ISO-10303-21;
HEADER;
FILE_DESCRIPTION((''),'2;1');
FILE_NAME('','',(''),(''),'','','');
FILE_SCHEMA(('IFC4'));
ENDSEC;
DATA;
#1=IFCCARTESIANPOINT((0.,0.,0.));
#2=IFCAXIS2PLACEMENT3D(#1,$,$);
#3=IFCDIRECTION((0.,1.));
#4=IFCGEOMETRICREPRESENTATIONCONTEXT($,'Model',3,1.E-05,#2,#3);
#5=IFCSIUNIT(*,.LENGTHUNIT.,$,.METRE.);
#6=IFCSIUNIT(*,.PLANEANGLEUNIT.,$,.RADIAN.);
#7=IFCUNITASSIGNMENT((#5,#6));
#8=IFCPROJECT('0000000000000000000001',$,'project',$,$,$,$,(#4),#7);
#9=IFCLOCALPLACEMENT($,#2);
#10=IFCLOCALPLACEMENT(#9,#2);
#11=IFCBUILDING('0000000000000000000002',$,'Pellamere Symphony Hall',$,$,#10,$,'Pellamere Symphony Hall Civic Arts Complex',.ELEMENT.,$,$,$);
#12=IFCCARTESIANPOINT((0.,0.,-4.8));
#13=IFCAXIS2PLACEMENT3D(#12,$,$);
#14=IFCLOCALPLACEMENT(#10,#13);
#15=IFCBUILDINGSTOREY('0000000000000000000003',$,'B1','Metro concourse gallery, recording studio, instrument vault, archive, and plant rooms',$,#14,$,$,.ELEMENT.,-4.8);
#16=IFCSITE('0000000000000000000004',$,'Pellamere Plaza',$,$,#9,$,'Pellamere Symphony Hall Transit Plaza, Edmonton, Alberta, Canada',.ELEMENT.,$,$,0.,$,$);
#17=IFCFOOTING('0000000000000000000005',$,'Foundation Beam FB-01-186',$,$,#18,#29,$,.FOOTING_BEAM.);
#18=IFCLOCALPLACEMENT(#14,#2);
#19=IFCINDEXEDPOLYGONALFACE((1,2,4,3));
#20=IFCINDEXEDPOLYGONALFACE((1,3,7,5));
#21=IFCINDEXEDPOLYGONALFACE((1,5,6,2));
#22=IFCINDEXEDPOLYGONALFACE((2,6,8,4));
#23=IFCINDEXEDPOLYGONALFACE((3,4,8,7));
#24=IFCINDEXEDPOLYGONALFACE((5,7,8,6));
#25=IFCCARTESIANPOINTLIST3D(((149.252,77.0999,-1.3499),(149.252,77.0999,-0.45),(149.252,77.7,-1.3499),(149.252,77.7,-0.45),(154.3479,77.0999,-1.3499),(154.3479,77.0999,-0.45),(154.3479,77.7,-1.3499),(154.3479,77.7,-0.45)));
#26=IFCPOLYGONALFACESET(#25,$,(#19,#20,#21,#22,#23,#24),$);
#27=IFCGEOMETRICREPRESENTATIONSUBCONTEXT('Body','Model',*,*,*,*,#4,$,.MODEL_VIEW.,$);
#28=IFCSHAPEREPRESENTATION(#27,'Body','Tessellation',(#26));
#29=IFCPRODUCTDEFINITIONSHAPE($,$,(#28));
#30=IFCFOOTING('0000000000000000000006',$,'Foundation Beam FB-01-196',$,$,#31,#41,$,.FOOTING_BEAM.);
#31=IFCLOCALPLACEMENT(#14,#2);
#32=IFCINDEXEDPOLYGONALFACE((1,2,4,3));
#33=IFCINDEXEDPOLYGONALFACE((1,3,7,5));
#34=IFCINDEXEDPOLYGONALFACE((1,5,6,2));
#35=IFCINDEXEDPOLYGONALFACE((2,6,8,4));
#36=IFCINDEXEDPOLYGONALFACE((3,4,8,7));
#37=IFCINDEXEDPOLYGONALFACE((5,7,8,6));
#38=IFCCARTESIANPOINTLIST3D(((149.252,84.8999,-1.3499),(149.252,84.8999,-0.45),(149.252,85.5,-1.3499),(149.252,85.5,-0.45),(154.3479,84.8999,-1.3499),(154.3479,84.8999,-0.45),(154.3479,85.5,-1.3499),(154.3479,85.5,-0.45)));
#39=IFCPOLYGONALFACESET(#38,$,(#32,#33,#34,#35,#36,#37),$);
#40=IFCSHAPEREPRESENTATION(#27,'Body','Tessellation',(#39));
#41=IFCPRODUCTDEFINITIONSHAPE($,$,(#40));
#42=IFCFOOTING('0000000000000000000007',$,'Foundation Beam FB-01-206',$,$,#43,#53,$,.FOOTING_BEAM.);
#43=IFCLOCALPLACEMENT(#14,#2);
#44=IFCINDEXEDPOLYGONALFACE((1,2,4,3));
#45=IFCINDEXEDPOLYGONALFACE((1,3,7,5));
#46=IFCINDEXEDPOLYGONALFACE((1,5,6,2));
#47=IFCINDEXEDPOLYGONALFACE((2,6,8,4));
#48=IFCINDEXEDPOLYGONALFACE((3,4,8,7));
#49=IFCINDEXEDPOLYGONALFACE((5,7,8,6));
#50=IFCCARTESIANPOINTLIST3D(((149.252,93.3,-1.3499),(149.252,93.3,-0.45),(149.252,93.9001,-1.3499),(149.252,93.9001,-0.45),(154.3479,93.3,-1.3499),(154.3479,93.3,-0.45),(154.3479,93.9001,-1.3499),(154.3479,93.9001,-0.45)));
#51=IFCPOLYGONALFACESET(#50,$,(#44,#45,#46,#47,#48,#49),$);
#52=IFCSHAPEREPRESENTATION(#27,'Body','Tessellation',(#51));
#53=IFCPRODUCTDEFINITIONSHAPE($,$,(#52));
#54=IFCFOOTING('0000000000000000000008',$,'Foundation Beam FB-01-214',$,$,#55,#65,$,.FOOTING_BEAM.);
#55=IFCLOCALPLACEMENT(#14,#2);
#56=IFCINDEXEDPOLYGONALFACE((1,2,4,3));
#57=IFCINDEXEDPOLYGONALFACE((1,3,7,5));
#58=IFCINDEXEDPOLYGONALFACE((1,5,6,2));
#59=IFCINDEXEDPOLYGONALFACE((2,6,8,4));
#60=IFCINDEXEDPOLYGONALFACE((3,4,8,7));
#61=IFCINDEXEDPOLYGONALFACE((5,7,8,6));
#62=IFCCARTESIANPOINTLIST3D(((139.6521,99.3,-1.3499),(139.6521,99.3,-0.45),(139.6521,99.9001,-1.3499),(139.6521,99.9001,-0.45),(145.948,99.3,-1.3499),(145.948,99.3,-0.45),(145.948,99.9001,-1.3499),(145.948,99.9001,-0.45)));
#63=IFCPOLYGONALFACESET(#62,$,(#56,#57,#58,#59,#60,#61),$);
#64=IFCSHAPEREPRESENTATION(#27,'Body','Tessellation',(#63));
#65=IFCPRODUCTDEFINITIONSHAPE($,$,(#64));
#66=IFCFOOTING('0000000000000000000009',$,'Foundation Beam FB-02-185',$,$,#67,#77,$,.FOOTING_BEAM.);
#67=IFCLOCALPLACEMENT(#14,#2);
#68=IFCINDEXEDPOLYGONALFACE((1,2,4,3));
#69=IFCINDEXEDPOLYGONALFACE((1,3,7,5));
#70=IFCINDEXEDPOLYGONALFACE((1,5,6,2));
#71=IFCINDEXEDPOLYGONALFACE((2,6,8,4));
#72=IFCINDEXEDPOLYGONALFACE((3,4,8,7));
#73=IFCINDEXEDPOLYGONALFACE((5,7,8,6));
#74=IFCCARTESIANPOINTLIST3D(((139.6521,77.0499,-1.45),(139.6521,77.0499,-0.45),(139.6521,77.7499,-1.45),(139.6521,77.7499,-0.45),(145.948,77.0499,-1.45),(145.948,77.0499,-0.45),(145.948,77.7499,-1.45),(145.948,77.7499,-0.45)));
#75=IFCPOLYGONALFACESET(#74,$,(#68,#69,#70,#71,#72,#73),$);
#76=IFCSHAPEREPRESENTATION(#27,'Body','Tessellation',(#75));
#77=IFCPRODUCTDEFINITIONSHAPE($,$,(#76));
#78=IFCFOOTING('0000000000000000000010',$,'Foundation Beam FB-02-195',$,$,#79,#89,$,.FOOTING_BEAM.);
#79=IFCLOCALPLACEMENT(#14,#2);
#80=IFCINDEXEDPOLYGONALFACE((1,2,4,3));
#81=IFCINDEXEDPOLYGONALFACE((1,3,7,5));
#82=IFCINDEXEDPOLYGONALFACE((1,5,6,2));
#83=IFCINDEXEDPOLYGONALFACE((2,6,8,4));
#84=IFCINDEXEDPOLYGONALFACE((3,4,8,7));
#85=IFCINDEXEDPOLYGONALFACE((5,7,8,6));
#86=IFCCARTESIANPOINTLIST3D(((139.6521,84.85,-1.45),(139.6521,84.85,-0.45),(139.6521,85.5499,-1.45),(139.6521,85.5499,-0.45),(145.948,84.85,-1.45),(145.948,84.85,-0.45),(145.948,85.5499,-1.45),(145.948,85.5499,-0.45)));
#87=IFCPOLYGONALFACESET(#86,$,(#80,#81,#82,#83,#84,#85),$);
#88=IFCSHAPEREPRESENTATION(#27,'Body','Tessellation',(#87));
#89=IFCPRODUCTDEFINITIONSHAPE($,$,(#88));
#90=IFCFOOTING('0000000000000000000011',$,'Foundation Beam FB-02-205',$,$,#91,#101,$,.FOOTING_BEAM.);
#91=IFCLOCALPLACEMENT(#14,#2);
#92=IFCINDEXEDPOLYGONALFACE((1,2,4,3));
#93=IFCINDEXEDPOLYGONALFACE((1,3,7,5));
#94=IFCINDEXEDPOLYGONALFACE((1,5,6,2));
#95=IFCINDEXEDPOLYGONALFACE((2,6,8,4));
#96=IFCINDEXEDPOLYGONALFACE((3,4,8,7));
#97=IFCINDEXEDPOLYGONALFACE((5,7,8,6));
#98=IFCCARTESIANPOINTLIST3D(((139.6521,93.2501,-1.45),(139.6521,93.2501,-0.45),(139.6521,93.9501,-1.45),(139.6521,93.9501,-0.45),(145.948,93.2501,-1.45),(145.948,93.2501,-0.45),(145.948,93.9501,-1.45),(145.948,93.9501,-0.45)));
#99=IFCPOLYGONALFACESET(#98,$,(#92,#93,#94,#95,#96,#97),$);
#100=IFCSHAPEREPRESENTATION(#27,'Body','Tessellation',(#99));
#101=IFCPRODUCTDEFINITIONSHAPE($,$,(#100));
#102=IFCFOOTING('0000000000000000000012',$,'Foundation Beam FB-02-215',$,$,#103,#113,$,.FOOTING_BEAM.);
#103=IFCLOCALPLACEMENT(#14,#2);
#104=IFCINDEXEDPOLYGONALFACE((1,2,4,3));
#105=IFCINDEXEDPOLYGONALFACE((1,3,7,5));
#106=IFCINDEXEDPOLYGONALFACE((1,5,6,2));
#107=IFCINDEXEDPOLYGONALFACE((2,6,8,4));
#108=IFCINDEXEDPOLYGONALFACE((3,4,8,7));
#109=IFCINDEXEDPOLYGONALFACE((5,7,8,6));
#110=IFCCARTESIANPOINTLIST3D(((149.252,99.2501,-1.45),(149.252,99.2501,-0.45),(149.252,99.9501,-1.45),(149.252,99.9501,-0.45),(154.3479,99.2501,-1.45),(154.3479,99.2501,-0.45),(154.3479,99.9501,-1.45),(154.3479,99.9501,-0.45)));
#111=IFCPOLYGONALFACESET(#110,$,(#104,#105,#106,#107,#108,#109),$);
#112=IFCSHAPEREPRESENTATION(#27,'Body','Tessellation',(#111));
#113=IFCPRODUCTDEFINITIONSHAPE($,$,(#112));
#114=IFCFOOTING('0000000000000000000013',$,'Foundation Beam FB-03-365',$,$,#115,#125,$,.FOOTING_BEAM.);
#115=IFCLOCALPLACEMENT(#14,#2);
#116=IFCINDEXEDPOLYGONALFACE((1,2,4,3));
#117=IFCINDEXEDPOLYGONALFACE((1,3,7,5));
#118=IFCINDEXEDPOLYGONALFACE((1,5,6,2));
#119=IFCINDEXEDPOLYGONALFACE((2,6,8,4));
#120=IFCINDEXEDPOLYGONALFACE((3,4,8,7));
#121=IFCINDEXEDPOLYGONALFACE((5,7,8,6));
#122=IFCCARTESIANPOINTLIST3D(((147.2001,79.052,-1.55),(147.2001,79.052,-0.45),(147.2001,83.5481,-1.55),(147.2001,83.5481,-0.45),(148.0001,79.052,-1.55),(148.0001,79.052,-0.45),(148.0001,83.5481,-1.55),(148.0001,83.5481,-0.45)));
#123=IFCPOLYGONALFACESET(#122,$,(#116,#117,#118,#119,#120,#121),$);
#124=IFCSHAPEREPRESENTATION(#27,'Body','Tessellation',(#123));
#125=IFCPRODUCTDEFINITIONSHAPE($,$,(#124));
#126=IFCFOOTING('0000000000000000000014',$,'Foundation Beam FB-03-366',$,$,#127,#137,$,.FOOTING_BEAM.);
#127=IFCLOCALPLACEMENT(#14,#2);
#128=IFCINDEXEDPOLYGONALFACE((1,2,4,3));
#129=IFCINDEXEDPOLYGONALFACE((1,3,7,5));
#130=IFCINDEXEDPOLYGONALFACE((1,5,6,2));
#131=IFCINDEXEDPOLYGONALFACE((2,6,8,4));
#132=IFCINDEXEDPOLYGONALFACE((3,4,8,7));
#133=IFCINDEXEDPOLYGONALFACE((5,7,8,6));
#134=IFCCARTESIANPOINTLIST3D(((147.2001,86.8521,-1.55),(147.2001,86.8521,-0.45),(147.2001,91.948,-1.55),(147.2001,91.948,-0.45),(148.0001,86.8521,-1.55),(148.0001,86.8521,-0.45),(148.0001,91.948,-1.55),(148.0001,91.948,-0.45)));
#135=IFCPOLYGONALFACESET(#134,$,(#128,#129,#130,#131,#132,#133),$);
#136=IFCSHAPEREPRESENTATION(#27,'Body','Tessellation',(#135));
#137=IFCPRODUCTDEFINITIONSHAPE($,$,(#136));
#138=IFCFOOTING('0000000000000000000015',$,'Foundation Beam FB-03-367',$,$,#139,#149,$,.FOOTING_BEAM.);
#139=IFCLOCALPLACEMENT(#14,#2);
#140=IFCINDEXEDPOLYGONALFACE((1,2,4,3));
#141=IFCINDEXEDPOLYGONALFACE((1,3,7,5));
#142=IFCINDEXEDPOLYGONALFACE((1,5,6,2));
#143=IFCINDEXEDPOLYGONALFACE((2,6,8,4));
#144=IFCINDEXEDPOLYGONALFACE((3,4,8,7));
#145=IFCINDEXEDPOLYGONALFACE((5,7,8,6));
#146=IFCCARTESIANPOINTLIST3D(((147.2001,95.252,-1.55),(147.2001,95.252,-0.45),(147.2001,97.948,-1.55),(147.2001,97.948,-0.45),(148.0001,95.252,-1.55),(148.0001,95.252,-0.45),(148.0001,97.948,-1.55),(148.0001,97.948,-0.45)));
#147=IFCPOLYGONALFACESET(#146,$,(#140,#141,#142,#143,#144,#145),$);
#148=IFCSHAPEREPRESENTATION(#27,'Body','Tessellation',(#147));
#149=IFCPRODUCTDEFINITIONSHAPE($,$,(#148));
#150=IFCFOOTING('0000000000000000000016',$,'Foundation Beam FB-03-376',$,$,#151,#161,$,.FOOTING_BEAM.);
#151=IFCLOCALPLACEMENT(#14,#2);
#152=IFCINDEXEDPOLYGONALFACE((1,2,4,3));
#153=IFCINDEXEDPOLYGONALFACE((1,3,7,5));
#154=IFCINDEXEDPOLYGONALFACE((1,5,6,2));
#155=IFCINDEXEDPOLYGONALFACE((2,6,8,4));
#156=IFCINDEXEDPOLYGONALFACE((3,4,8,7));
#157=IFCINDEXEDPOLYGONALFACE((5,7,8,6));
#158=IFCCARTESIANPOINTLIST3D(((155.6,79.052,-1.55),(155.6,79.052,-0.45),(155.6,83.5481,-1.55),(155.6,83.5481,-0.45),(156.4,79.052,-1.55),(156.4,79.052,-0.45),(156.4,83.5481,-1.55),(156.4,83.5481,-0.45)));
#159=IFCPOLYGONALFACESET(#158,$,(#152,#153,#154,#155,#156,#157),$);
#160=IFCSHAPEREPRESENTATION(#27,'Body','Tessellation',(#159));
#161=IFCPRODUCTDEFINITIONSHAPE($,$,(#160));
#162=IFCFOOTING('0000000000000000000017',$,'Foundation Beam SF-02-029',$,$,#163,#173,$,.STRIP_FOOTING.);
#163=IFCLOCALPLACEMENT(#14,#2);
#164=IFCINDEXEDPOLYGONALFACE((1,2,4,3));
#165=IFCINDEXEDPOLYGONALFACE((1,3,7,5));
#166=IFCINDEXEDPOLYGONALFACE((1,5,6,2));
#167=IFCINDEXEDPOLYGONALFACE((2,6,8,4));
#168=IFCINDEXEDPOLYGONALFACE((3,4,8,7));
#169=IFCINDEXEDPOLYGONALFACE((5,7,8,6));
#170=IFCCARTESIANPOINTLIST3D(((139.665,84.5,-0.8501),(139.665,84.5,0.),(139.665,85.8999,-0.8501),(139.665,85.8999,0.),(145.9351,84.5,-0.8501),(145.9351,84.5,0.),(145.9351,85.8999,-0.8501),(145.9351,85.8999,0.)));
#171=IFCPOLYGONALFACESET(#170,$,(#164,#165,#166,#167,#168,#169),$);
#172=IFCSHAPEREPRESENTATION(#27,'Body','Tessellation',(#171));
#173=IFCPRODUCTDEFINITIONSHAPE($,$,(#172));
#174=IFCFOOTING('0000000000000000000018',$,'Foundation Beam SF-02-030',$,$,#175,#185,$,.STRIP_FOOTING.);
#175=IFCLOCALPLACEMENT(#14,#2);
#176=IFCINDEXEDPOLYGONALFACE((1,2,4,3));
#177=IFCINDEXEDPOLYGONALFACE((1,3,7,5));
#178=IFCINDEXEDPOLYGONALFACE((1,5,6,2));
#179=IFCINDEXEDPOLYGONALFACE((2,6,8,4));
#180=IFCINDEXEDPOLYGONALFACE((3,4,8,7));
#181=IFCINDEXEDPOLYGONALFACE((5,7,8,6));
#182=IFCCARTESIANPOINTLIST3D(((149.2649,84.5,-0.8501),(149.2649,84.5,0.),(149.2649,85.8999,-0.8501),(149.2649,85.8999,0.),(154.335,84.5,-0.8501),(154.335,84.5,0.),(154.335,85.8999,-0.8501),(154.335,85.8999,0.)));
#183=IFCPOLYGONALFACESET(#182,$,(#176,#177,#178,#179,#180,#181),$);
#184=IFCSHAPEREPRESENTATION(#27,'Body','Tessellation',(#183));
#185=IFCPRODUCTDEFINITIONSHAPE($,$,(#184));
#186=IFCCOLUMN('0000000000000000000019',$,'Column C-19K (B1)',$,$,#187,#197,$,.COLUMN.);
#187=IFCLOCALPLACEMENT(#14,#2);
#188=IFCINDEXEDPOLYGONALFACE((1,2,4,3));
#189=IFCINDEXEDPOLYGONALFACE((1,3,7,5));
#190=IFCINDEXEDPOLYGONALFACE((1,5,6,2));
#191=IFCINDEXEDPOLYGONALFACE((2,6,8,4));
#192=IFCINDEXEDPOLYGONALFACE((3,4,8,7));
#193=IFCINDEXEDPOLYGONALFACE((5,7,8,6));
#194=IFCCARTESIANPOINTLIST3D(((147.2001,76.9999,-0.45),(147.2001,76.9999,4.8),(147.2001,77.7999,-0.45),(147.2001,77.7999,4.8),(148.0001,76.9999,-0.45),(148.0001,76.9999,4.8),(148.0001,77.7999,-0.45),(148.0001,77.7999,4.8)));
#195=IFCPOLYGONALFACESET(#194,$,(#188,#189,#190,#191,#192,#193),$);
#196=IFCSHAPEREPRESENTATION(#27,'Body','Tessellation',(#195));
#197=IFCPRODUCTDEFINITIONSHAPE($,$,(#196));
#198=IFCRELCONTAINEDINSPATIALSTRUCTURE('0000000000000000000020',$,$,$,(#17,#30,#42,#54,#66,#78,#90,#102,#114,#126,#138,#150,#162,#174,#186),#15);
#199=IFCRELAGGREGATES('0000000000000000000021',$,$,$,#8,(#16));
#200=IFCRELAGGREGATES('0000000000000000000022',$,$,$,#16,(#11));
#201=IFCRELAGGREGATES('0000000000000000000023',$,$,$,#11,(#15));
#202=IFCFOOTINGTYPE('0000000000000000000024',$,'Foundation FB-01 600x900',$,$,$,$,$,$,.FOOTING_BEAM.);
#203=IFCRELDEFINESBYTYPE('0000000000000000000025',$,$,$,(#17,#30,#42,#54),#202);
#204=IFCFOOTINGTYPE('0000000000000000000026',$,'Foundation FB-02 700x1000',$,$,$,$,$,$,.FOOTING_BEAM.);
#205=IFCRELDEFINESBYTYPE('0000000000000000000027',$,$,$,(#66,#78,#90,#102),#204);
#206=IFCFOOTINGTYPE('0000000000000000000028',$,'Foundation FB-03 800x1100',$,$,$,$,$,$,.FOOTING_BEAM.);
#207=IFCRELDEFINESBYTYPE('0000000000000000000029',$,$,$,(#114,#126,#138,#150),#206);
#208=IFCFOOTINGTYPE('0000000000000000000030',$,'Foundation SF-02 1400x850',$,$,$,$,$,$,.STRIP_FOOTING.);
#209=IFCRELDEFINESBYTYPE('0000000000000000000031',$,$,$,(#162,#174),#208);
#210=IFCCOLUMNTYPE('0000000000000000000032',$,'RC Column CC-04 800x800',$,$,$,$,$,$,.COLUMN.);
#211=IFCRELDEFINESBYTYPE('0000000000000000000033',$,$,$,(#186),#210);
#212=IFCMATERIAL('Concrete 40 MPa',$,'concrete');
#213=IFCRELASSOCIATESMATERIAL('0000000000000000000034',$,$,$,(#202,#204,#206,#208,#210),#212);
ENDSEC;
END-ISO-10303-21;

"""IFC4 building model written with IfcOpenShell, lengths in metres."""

from ifc_helpers import new_model, si_unit, direction, frame, origin, origin_2d, place, context, subcontext, project, spatial, rectangle, extrude, material, material_profile, profile_set, type_object, element, save


model = new_model("IFC4")

# Units and contexts
model_context = context("Model", 3, precision=1e-05, world=origin(), true_north=direction((0.0, 1.0)))
body_context = subcontext(model_context, "Body", "Model", "MODEL_VIEW")
ifc_project = project(units=[si_unit("LENGTHUNIT", "METRE"), si_unit("PLANEANGLEUNIT", "RADIAN")], contexts=[model_context])

# Site, building, storey
site_placement = place(None, origin())
site = spatial("IfcSite", under=ifc_project, at=site_placement, Name="Pellamere Plaza", LongName="Pellamere Symphony Hall Transit Plaza, Edmonton, Alberta, Canada", CompositionType="ELEMENT", RefElevation=0.0)
building_placement = place(site_placement, origin())
building = spatial("IfcBuilding", under=site, at=building_placement, Name="Pellamere Symphony Hall", LongName="Pellamere Symphony Hall Civic Arts Complex", CompositionType="ELEMENT")
storey_placement = place(building_placement, frame((0.0, 0.0, -4.8)))
storey = spatial("IfcBuildingStorey", under=building, at=storey_placement, Name="B1", Description="Metro concourse gallery, recording studio, instrument vault, archive, and plant rooms", CompositionType="ELEMENT", Elevation=-4.8)

# Footings
ifc_material_1 = material(Name="Concrete 40 MPa", Category="concrete")
ifc_material_profile_1 = material_profile(ifc_material_1, rectangle(XDim=0.6001, YDim=0.8999, at=origin_2d()), Name="RC 600x900")
ifc_profile_set_1 = profile_set([ifc_material_profile_1], Name="Concrete 40 MPa")
footing_type_1 = type_object("IfcFootingType", Name="Foundation FB-01 600x900", PredefinedType="FOOTING_BEAM", material=ifc_profile_set_1)
for number, where, z_axis, x_axis, name in (
    (1, (149.252, 77.3999, -0.8999), (1.0, 0.0, 0.0), (0.0, 1.0, 0.0), "Foundation Beam FB-01-186"),
    (2, (149.252, 85.2, -0.8999), (1.0, 0.0, 0.0), (0.0, 1.0, 0.0), "Foundation Beam FB-01-196"),
    (3, (149.252, 93.6001, -0.8999), (1.0, 0.0, 0.0), (0.0, 1.0, 0.0), "Foundation Beam FB-01-206"),
):
    element("IfcFooting", number, at=place(storey_placement, frame(where, z_axis=z_axis, x_axis=x_axis)), inside=storey, type_object=footing_type_1, Name=name, PredefinedType="FOOTING_BEAM", context=body_context, shape_type="SweptSolid", body=[
        extrude(rectangle(XDim=0.6001, YDim=0.8999, at=origin_2d()), origin(), (0.0, 0.0, 1.0), 5.0959),
    ])
footing_1_placement = place(storey_placement, frame((139.6521, 99.6001, -0.8999), z_axis=(1.0, 0.0, 0.0), x_axis=(0.0, 1.0, 0.0)))
element("IfcFooting", 4, at=footing_1_placement, inside=storey, type_object=footing_type_1, Name="Foundation Beam FB-01-214", PredefinedType="FOOTING_BEAM", context=body_context, shape_type="SweptSolid", body=[
    extrude(rectangle(XDim=0.6001, YDim=0.8999, at=origin_2d()), origin(), (0.0, 0.0, 1.0), 6.2959),
])
ifc_material_profile_2 = material_profile(ifc_material_1, rectangle(XDim=0.7, YDim=1.0, at=origin_2d()), Name="RC 700x1000")
ifc_profile_set_2 = profile_set([ifc_material_profile_2], Name="Concrete 40 MPa")
footing_type_2 = type_object("IfcFootingType", Name="Foundation FB-02 700x1000", PredefinedType="FOOTING_BEAM", material=ifc_profile_set_2)
for number, where, z_axis, x_axis, name in (
    (5, (139.6521, 77.3999, -0.95), (1.0, 0.0, 0.0), (0.0, 1.0, 0.0), "Foundation Beam FB-02-185"),
    (6, (139.6521, 85.2, -0.95), (1.0, 0.0, 0.0), (0.0, 1.0, 0.0), "Foundation Beam FB-02-195"),
    (7, (139.6521, 93.6001, -0.95), (1.0, 0.0, 0.0), (0.0, 1.0, 0.0), "Foundation Beam FB-02-205"),
):
    element("IfcFooting", number, at=place(storey_placement, frame(where, z_axis=z_axis, x_axis=x_axis)), inside=storey, type_object=footing_type_2, Name=name, PredefinedType="FOOTING_BEAM", context=body_context, shape_type="SweptSolid", body=[
        extrude(rectangle(XDim=0.7, YDim=1.0, at=origin_2d()), origin(), (0.0, 0.0, 1.0), 6.2959),
    ])
footing_2_placement = place(storey_placement, frame((149.252, 99.6001, -0.95), z_axis=(1.0, 0.0, 0.0), x_axis=(0.0, 1.0, 0.0)))
element("IfcFooting", 8, at=footing_2_placement, inside=storey, type_object=footing_type_2, Name="Foundation Beam FB-02-215", PredefinedType="FOOTING_BEAM", context=body_context, shape_type="SweptSolid", body=[
    extrude(rectangle(XDim=0.7, YDim=1.0, at=origin_2d()), origin(), (0.0, 0.0, 1.0), 5.0959),
])
ifc_material_profile_3 = material_profile(ifc_material_1, rectangle(XDim=0.8, YDim=1.1001, at=origin_2d()), Name="RC 800x1100")
ifc_profile_set_3 = profile_set([ifc_material_profile_3], Name="Concrete 40 MPa")
footing_type_3 = type_object("IfcFootingType", Name="Foundation FB-03 800x1100", PredefinedType="FOOTING_BEAM", material=ifc_profile_set_3)
footing_3_placement = place(storey_placement, frame((147.6001, 79.052, -1.0), z_axis=(0.0, 1.0, 0.0), x_axis=(-1.0, 0.0, 0.0)))
element("IfcFooting", 9, at=footing_3_placement, inside=storey, type_object=footing_type_3, Name="Foundation Beam FB-03-365", PredefinedType="FOOTING_BEAM", context=body_context, shape_type="SweptSolid", body=[
    extrude(rectangle(XDim=0.8, YDim=1.1001, at=origin_2d()), origin(), (0.0, 0.0, 1.0), 4.4961),
])
footing_4_placement = place(storey_placement, frame((147.6001, 86.8521, -1.0), z_axis=(0.0, 1.0, 0.0), x_axis=(-1.0, 0.0, 0.0)))
element("IfcFooting", 10, at=footing_4_placement, inside=storey, type_object=footing_type_3, Name="Foundation Beam FB-03-366", PredefinedType="FOOTING_BEAM", context=body_context, shape_type="SweptSolid", body=[
    extrude(rectangle(XDim=0.8, YDim=1.1001, at=origin_2d()), origin(), (0.0, 0.0, 1.0), 5.0959),
])
footing_5_placement = place(storey_placement, frame((147.6001, 95.252, -1.0), z_axis=(0.0, 1.0, 0.0), x_axis=(-1.0, 0.0, 0.0)))
element("IfcFooting", 11, at=footing_5_placement, inside=storey, type_object=footing_type_3, Name="Foundation Beam FB-03-367", PredefinedType="FOOTING_BEAM", context=body_context, shape_type="SweptSolid", body=[
    extrude(rectangle(XDim=0.8, YDim=1.1001, at=origin_2d()), origin(), (0.0, 0.0, 1.0), 2.696),
])
footing_6_placement = place(storey_placement, frame((156.0, 79.052, -1.0), z_axis=(0.0, 1.0, 0.0), x_axis=(-1.0, 0.0, 0.0)))
element("IfcFooting", 12, at=footing_6_placement, inside=storey, type_object=footing_type_3, Name="Foundation Beam FB-03-376", PredefinedType="FOOTING_BEAM", context=body_context, shape_type="SweptSolid", body=[
    extrude(rectangle(XDim=0.8, YDim=1.1001, at=origin_2d()), origin(), (0.0, 0.0, 1.0), 4.4961),
])
ifc_material_profile_4 = material_profile(ifc_material_1, rectangle(XDim=1.3999, YDim=0.8501, at=origin_2d()), Name="RC 1400x850")
ifc_profile_set_4 = profile_set([ifc_material_profile_4], Name="Concrete 40 MPa")
footing_type_4 = type_object("IfcFootingType", Name="Foundation SF-02 1400x850", PredefinedType="STRIP_FOOTING", material=ifc_profile_set_4)
footing_7_placement = place(storey_placement, frame((139.665, 85.2, -0.425), z_axis=(1.0, 0.0, 0.0), x_axis=(0.0, 1.0, 0.0)))
element("IfcFooting", 13, at=footing_7_placement, inside=storey, type_object=footing_type_4, Name="Foundation Beam SF-02-029", PredefinedType="STRIP_FOOTING", context=body_context, shape_type="SweptSolid", body=[
    extrude(rectangle(XDim=1.3999, YDim=0.8501, at=origin_2d()), origin(), (0.0, 0.0, 1.0), 6.27),
])
footing_8_placement = place(storey_placement, frame((149.2649, 85.2, -0.425), z_axis=(1.0, 0.0, 0.0), x_axis=(0.0, 1.0, 0.0)))
element("IfcFooting", 14, at=footing_8_placement, inside=storey, type_object=footing_type_4, Name="Foundation Beam SF-02-030", PredefinedType="STRIP_FOOTING", context=body_context, shape_type="SweptSolid", body=[
    extrude(rectangle(XDim=1.3999, YDim=0.8501, at=origin_2d()), origin(), (0.0, 0.0, 1.0), 5.0701),
])

# Column
ifc_material_profile_5 = material_profile(ifc_material_1, rectangle(XDim=0.8, YDim=0.8, at=origin_2d()), Name="RC 800x800")
ifc_profile_set_5 = profile_set([ifc_material_profile_5], Name="Concrete 40 MPa")
column_type = type_object("IfcColumnType", Name="RC Column CC-04 800x800", PredefinedType="COLUMN", material=ifc_profile_set_5)
for number, where, z_axis, x_axis, name in (
    (15, (147.6001, 77.3999, -0.45), (0.0, 0.0, 1.0), (1.0, 0.0, 0.0), "Column C-19K (B1)"),
):
    element("IfcColumn", number, at=place(storey_placement, frame(where, z_axis=z_axis, x_axis=x_axis)), inside=storey, type_object=column_type, Name=name, PredefinedType="COLUMN", context=body_context, shape_type="SweptSolid", body=[
        extrude(rectangle(XDim=0.8, YDim=0.8, at=origin_2d()), origin(), (0.0, 0.0, 1.0), 5.25),
    ])

save(model, "model.ifc")
